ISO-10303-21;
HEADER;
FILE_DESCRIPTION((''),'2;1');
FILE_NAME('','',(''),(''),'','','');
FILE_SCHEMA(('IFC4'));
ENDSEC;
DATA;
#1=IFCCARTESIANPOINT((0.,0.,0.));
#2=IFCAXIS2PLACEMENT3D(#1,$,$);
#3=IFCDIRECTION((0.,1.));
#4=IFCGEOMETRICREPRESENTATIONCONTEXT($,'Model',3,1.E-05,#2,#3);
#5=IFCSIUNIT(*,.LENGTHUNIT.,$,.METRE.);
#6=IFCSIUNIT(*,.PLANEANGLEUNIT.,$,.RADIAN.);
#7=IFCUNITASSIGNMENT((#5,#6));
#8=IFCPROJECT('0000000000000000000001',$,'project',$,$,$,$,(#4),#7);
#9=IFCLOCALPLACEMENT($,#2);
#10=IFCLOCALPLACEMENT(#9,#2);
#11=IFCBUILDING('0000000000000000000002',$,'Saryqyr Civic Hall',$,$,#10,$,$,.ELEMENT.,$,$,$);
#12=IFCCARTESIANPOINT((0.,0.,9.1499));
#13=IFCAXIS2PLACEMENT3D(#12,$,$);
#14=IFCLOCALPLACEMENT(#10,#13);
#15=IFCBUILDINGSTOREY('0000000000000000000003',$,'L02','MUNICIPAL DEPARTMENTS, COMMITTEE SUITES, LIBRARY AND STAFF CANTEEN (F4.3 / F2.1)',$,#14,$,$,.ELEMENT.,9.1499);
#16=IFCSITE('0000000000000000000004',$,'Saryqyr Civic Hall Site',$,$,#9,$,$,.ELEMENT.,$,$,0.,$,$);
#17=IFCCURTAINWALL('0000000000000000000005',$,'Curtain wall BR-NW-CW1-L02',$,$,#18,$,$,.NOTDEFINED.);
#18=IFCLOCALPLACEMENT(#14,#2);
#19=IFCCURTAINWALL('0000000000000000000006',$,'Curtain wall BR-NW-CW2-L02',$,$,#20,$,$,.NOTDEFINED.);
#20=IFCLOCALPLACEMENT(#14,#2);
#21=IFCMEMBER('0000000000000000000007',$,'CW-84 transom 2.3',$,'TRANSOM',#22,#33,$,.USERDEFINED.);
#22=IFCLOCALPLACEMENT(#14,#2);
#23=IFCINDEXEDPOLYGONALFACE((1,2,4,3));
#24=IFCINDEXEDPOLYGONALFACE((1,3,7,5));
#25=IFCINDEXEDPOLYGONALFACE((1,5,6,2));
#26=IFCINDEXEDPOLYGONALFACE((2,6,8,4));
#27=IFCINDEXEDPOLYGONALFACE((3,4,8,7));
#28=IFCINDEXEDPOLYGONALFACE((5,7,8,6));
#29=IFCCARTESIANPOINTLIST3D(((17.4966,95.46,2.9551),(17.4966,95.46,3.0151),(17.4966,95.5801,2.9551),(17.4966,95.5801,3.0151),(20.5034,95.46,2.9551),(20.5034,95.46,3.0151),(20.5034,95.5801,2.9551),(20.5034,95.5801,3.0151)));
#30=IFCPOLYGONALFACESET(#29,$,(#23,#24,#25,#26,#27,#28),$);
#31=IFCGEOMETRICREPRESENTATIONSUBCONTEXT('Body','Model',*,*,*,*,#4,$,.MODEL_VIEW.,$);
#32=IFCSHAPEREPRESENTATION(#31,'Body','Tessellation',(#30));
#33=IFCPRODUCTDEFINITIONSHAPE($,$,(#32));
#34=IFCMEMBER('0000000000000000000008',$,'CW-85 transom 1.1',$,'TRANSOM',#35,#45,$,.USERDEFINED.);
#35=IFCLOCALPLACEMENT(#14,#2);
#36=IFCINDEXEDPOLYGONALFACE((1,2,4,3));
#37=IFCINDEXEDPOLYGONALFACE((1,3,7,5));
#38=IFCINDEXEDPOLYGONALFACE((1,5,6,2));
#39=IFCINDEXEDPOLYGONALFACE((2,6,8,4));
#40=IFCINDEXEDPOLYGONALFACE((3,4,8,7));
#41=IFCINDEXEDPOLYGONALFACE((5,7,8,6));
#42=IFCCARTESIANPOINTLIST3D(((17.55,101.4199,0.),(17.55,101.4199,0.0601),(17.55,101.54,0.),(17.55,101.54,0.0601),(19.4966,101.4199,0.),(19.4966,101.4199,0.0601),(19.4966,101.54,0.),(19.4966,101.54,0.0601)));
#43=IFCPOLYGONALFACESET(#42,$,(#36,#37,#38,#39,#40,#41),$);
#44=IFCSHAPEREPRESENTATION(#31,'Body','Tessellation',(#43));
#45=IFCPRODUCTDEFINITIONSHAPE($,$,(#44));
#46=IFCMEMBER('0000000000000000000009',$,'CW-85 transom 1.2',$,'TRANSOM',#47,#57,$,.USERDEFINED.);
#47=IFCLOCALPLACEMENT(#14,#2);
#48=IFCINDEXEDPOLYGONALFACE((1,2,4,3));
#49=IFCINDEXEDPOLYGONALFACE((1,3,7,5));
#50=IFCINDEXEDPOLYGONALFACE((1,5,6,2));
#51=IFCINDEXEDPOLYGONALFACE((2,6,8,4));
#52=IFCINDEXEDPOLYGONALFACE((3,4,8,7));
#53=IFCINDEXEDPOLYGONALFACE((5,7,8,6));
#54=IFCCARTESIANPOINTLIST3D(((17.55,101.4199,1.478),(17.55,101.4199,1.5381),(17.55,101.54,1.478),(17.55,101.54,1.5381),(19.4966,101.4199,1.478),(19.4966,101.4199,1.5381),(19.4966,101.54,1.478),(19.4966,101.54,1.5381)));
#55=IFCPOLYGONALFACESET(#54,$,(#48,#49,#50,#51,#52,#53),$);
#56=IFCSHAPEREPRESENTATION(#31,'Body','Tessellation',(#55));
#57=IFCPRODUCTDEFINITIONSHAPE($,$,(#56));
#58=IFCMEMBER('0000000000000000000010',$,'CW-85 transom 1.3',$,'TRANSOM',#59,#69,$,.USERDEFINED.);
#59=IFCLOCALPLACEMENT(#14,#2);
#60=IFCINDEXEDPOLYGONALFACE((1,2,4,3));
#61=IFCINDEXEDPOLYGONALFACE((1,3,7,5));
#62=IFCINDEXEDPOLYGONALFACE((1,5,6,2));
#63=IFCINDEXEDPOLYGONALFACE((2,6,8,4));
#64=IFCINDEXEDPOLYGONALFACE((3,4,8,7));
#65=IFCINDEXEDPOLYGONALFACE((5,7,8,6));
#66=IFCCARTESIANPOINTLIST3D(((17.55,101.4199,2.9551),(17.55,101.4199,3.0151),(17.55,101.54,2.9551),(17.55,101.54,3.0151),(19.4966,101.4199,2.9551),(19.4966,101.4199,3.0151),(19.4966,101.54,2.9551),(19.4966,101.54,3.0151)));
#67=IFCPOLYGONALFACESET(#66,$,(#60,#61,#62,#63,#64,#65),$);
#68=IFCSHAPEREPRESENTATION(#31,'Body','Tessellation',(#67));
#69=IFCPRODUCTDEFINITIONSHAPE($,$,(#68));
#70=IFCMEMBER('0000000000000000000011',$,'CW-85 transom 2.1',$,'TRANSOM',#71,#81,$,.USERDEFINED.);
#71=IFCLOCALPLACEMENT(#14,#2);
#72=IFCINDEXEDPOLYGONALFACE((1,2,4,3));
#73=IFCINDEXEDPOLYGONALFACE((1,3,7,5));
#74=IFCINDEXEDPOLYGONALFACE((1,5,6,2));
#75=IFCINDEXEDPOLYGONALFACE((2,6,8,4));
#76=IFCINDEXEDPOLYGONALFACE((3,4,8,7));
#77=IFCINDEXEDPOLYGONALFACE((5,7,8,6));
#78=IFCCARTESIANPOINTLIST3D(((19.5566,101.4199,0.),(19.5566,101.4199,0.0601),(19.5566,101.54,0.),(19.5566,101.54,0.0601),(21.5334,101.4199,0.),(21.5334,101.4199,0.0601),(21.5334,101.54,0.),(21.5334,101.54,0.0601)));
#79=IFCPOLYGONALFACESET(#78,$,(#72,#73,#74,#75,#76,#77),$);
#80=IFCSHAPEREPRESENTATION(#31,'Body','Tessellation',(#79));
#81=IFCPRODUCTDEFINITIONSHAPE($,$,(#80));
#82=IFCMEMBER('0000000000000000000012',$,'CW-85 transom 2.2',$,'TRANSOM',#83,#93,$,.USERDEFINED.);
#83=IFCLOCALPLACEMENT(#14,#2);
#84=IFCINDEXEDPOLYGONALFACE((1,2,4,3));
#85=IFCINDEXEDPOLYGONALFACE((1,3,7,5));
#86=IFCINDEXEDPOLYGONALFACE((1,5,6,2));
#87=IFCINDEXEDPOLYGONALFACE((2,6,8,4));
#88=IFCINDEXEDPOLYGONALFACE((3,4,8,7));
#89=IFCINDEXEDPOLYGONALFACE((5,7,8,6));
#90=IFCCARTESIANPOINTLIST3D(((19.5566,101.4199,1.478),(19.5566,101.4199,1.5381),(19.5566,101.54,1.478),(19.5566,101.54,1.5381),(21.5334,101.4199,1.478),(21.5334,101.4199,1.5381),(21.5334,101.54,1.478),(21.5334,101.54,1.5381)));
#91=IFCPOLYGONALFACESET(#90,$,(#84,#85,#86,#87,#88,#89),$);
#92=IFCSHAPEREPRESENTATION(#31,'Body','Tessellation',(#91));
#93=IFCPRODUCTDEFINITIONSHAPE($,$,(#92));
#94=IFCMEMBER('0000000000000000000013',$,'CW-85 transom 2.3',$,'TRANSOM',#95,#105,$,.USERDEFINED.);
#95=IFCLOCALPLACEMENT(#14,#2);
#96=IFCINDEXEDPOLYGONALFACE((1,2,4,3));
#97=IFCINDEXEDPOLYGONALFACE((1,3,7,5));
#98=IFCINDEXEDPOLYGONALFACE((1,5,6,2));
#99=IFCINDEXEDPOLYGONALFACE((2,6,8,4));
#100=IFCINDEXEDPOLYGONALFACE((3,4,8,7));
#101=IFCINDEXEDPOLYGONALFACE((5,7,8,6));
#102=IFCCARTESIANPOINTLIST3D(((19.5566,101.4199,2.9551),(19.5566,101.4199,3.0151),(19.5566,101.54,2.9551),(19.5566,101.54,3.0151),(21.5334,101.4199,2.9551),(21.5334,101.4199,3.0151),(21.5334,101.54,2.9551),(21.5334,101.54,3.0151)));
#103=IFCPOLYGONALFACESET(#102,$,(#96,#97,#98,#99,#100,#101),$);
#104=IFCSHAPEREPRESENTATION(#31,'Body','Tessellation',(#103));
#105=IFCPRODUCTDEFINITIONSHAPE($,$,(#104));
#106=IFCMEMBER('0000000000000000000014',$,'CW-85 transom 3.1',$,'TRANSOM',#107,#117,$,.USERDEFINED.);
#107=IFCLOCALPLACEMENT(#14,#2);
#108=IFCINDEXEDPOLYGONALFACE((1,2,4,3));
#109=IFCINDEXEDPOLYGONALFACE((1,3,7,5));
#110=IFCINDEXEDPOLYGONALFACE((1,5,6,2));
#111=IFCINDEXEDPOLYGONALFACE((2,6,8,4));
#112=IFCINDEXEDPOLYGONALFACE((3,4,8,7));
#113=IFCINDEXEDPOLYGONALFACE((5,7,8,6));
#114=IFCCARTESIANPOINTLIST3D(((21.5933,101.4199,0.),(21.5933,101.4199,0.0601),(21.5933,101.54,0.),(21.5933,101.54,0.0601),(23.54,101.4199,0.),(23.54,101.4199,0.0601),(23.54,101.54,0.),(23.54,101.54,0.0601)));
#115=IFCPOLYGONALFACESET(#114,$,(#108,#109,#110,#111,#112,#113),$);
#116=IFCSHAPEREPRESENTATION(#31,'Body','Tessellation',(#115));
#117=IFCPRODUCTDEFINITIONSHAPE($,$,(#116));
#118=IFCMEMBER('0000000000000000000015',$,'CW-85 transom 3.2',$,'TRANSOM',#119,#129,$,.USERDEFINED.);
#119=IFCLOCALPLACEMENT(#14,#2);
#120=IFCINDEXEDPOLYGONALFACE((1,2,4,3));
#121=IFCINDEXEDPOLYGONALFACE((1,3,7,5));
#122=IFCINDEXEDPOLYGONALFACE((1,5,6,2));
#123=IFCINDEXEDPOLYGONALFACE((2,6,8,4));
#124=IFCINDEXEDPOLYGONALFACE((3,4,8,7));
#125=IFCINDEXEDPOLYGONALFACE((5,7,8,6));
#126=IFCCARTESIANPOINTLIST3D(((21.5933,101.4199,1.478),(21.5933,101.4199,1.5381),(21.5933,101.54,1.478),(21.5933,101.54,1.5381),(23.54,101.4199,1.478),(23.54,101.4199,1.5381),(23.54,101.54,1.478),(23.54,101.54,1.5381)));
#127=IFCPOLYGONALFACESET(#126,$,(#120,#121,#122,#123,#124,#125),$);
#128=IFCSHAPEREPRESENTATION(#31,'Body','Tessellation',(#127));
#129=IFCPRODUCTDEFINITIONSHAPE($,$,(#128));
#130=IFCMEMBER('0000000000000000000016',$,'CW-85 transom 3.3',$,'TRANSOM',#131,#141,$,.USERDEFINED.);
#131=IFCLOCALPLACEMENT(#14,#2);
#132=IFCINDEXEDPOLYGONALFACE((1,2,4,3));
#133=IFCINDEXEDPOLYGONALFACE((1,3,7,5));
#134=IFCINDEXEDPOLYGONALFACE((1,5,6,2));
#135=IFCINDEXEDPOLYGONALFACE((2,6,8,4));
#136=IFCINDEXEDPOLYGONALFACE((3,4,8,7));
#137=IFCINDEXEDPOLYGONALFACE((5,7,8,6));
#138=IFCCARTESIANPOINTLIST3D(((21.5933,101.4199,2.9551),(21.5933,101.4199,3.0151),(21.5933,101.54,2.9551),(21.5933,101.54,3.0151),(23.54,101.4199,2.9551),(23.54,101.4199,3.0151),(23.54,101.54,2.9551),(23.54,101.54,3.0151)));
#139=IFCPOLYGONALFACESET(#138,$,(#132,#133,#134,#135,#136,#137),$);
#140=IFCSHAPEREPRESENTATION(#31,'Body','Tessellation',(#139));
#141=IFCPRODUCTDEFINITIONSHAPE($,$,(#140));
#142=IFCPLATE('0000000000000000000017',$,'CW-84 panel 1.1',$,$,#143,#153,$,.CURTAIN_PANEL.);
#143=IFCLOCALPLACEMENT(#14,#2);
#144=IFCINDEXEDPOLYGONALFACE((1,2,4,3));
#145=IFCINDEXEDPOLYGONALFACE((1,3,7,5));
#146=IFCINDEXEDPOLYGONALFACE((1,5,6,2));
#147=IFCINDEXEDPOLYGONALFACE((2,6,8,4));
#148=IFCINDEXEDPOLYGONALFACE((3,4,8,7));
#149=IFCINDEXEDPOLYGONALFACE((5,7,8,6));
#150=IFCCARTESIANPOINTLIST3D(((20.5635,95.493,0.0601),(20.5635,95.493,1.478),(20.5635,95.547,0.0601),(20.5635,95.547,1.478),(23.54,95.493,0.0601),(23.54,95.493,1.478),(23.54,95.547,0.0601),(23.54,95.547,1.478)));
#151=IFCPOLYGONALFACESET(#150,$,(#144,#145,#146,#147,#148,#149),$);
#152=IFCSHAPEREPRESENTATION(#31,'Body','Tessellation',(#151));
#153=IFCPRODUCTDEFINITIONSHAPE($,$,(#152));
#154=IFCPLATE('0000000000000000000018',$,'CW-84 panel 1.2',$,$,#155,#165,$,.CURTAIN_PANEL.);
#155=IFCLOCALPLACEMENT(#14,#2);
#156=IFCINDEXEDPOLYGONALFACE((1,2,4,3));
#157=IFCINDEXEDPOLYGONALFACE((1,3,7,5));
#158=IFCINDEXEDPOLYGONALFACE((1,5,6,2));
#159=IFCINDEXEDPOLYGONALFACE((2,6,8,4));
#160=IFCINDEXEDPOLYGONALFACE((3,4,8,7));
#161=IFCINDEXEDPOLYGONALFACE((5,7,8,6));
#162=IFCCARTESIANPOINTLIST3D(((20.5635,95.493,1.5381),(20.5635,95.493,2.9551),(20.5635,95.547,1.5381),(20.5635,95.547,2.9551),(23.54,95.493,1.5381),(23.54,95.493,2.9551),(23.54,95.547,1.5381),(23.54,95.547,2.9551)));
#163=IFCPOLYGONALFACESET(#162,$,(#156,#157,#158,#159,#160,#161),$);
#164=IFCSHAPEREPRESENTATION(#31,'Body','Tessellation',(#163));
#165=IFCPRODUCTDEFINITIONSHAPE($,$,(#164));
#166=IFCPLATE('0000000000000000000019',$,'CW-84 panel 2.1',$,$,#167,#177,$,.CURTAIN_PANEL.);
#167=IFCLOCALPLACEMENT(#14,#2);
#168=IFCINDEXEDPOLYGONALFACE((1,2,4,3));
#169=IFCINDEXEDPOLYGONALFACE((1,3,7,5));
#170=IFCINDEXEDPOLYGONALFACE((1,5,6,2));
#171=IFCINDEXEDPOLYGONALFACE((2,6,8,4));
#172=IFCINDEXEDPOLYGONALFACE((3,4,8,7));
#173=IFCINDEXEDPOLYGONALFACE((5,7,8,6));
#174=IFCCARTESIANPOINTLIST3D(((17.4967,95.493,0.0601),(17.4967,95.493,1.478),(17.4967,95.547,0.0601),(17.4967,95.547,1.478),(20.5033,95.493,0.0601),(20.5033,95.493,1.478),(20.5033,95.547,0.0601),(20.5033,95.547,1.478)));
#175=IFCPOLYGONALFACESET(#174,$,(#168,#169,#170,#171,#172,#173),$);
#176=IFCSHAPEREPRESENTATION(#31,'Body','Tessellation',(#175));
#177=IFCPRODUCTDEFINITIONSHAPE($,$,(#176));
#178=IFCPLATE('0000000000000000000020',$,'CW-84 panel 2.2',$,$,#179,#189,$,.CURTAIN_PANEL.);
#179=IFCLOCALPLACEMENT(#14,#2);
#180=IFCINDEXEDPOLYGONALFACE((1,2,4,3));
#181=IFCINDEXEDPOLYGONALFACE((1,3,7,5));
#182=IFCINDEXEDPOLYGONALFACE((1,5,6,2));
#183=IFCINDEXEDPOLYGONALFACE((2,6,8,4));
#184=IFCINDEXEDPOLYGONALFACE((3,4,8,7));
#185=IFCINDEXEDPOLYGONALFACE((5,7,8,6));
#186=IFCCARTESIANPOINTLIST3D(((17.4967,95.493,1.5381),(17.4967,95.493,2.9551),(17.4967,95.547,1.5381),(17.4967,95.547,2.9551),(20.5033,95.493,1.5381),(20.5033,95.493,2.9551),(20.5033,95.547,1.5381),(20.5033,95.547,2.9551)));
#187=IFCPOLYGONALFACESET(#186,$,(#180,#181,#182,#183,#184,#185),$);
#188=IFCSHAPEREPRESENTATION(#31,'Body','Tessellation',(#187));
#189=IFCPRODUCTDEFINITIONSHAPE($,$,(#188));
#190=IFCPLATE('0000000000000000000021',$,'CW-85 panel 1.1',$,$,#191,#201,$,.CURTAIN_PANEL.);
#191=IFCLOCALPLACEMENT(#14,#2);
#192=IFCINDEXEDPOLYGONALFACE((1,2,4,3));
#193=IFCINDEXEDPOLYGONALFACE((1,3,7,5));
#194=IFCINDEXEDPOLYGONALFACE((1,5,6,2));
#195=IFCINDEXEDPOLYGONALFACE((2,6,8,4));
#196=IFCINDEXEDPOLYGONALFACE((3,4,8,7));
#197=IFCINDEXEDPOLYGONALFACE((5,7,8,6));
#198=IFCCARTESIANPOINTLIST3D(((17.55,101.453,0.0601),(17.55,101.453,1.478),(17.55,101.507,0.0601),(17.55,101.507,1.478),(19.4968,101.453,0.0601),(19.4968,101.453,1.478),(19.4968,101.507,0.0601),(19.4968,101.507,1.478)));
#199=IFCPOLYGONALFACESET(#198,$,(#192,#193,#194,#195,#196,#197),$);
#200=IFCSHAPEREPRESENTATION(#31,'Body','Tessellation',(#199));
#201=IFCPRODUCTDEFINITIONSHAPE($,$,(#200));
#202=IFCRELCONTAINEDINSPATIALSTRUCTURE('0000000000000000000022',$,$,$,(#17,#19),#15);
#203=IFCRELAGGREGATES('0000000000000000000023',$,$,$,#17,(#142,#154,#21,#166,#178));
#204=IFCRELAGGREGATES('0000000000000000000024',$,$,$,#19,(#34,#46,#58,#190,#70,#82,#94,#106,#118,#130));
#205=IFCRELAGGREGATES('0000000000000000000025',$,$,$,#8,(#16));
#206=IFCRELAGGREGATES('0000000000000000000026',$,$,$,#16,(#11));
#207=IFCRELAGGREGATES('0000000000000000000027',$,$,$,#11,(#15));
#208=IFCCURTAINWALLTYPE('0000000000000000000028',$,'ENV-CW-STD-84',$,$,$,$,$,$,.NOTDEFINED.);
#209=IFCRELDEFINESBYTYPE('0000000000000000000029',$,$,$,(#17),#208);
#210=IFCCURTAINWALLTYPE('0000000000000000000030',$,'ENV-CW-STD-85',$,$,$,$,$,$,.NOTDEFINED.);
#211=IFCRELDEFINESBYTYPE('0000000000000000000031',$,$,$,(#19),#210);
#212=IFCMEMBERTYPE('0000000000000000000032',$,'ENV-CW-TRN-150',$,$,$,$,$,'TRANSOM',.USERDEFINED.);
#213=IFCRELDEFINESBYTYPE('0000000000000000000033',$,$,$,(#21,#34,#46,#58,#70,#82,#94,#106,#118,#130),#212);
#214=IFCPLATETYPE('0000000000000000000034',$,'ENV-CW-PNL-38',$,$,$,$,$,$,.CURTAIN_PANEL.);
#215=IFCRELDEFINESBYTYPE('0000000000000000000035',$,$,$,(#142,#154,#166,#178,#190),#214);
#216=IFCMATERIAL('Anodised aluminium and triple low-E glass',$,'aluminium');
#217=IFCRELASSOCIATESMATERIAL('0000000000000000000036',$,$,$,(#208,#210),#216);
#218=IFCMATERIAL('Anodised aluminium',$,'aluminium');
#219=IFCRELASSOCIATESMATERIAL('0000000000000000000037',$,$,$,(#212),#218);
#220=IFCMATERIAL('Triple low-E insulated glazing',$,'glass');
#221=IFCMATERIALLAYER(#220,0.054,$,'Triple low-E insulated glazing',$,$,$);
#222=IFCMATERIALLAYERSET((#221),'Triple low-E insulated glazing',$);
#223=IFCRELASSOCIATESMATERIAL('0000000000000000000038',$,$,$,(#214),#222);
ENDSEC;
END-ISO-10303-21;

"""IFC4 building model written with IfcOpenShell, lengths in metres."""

from ifc_helpers import new_model, si_unit, direction, frame, origin, origin_2d, place, context, subcontext, project, spatial, rectangle, extrude, material, layer, layer_set, material_profile, profile_set, type_object, element, aggregate, save


model = new_model("IFC4")

# Units and contexts
model_context = context("Model", 3, precision=1e-05, world=origin(), true_north=direction((0.0, 1.0)))
body_context = subcontext(model_context, "Body", "Model", "MODEL_VIEW")
ifc_project = project(units=[si_unit("LENGTHUNIT", "METRE"), si_unit("PLANEANGLEUNIT", "RADIAN")], contexts=[model_context])

# Site, building, storey
site_placement = place(None, origin())
site = spatial("IfcSite", under=ifc_project, at=site_placement, Name="Saryqyr Civic Hall Site", CompositionType="ELEMENT", RefElevation=0.0)
building_placement = place(site_placement, origin())
building = spatial("IfcBuilding", under=site, at=building_placement, Name="Saryqyr Civic Hall", CompositionType="ELEMENT")
storey_placement = place(building_placement, frame((0.0, 0.0, 9.1499)))
storey = spatial("IfcBuildingStorey", under=building, at=storey_placement, Name="L02", Description="MUNICIPAL DEPARTMENTS, COMMITTEE SUITES, LIBRARY AND STAFF CANTEEN (F4.3 / F2.1)", CompositionType="ELEMENT", Elevation=9.1499)

# Curtain walls
ifc_material_1 = material(Name="Anodised aluminium and triple low-E glass", Category="aluminium")
curtain_wall_type_1 = type_object("IfcCurtainWallType", Name="ENV-CW-STD-84", PredefinedType="NOTDEFINED", material=ifc_material_1)
curtain_wall_1_placement = place(storey_placement, origin())
curtain_wall_1 = element("IfcCurtainWall", 1, at=curtain_wall_1_placement, inside=storey, type_object=curtain_wall_type_1, Name="Curtain wall BR-NW-CW1-L02", PredefinedType="NOTDEFINED")
ifc_material_2 = material(Name="Anodised aluminium", Category="aluminium")
curtain_wall_type_2 = type_object("IfcCurtainWallType", Name="ENV-CW-STD-85", PredefinedType="NOTDEFINED", material=ifc_material_1)
curtain_wall_2_placement = place(storey_placement, origin())
curtain_wall_2 = element("IfcCurtainWall", 2, at=curtain_wall_2_placement, inside=storey, type_object=curtain_wall_type_2, Name="Curtain wall BR-NW-CW2-L02", PredefinedType="NOTDEFINED")

# Members
ifc_material_profile_1 = material_profile(ifc_material_2, rectangle(XDim=0.1201, YDim=0.0601, at=origin_2d()), Name="ALU TRANSOM 120x60")
ifc_profile_set_1 = profile_set([ifc_material_profile_1], Name="Anodised aluminium")
member_type_1 = type_object("IfcMemberType", Name="ENV-CW-TRN-150", ElementType="TRANSOM", PredefinedType="USERDEFINED", material=ifc_profile_set_1)
member_1_placement = place(storey_placement, frame((20.5034, 95.52, 2.9851), z_axis=(-1.0, 0.0, 0.0), x_axis=(0.0, -1.0, 0.0)))
member_1 = element("IfcMember", 3, at=member_1_placement, type_object=member_type_1, Name="CW-84 transom 2.3", ObjectType="TRANSOM", PredefinedType="USERDEFINED", context=body_context, shape_type="SweptSolid", body=[
    extrude(rectangle(XDim=0.1201, YDim=0.0601, at=origin_2d()), origin(), (0.0, 0.0, 1.0), 3.0068),
])
member_2_placement = place(storey_placement, frame((17.55, 101.48, 0.03), z_axis=(1.0, 0.0, 0.0), x_axis=(0.0, 1.0, 0.0)))
member_2 = element("IfcMember", 4, at=member_2_placement, type_object=member_type_1, Name="CW-85 transom 1.1", ObjectType="TRANSOM", PredefinedType="USERDEFINED", context=body_context, shape_type="SweptSolid", body=[
    extrude(rectangle(XDim=0.1201, YDim=0.0601, at=origin_2d()), origin(), (0.0, 0.0, 1.0), 1.9465),
])
member_3_placement = place(storey_placement, frame((17.55, 101.48, 1.5081), z_axis=(1.0, 0.0, 0.0), x_axis=(0.0, 1.0, 0.0)))
member_3 = element("IfcMember", 5, at=member_3_placement, type_object=member_type_1, Name="CW-85 transom 1.2", ObjectType="TRANSOM", PredefinedType="USERDEFINED", context=body_context, shape_type="SweptSolid", body=[
    extrude(rectangle(XDim=0.1201, YDim=0.0601, at=origin_2d()), origin(), (0.0, 0.0, 1.0), 1.9465),
])
member_4_placement = place(storey_placement, frame((17.55, 101.48, 2.9851), z_axis=(1.0, 0.0, 0.0), x_axis=(0.0, 1.0, 0.0)))
member_4 = element("IfcMember", 6, at=member_4_placement, type_object=member_type_1, Name="CW-85 transom 1.3", ObjectType="TRANSOM", PredefinedType="USERDEFINED", context=body_context, shape_type="SweptSolid", body=[
    extrude(rectangle(XDim=0.1201, YDim=0.0601, at=origin_2d()), origin(), (0.0, 0.0, 1.0), 1.9465),
])
member_5_placement = place(storey_placement, frame((19.5566, 101.48, 0.03), z_axis=(1.0, 0.0, 0.0), x_axis=(0.0, 1.0, 0.0)))
member_5 = element("IfcMember", 7, at=member_5_placement, type_object=member_type_1, Name="CW-85 transom 2.1", ObjectType="TRANSOM", PredefinedType="USERDEFINED", context=body_context, shape_type="SweptSolid", body=[
    extrude(rectangle(XDim=0.1201, YDim=0.0601, at=origin_2d()), origin(), (0.0, 0.0, 1.0), 1.9768),
])
member_6_placement = place(storey_placement, frame((19.5566, 101.48, 1.5081), z_axis=(1.0, 0.0, 0.0), x_axis=(0.0, 1.0, 0.0)))
member_6 = element("IfcMember", 8, at=member_6_placement, type_object=member_type_1, Name="CW-85 transom 2.2", ObjectType="TRANSOM", PredefinedType="USERDEFINED", context=body_context, shape_type="SweptSolid", body=[
    extrude(rectangle(XDim=0.1201, YDim=0.0601, at=origin_2d()), origin(), (0.0, 0.0, 1.0), 1.9768),
])
member_7_placement = place(storey_placement, frame((19.5566, 101.48, 2.9851), z_axis=(1.0, 0.0, 0.0), x_axis=(0.0, 1.0, 0.0)))
member_7 = element("IfcMember", 9, at=member_7_placement, type_object=member_type_1, Name="CW-85 transom 2.3", ObjectType="TRANSOM", PredefinedType="USERDEFINED", context=body_context, shape_type="SweptSolid", body=[
    extrude(rectangle(XDim=0.1201, YDim=0.0601, at=origin_2d()), origin(), (0.0, 0.0, 1.0), 1.9768),
])
member_8_placement = place(storey_placement, frame((21.5933, 101.48, 0.03), z_axis=(1.0, 0.0, 0.0), x_axis=(0.0, 1.0, 0.0)))
member_8 = element("IfcMember", 10, at=member_8_placement, type_object=member_type_1, Name="CW-85 transom 3.1", ObjectType="TRANSOM", PredefinedType="USERDEFINED", context=body_context, shape_type="SweptSolid", body=[
    extrude(rectangle(XDim=0.1201, YDim=0.0601, at=origin_2d()), origin(), (0.0, 0.0, 1.0), 1.9468),
])
member_9_placement = place(storey_placement, frame((21.5933, 101.48, 1.5081), z_axis=(1.0, 0.0, 0.0), x_axis=(0.0, 1.0, 0.0)))
member_9 = element("IfcMember", 11, at=member_9_placement, type_object=member_type_1, Name="CW-85 transom 3.2", ObjectType="TRANSOM", PredefinedType="USERDEFINED", context=body_context, shape_type="SweptSolid", body=[
    extrude(rectangle(XDim=0.1201, YDim=0.0601, at=origin_2d()), origin(), (0.0, 0.0, 1.0), 1.9468),
])
member_10_placement = place(storey_placement, frame((21.5933, 101.48, 2.9851), z_axis=(1.0, 0.0, 0.0), x_axis=(0.0, 1.0, 0.0)))
member_10 = element("IfcMember", 12, at=member_10_placement, type_object=member_type_1, Name="CW-85 transom 3.3", ObjectType="TRANSOM", PredefinedType="USERDEFINED", context=body_context, shape_type="SweptSolid", body=[
    extrude(rectangle(XDim=0.1201, YDim=0.0601, at=origin_2d()), origin(), (0.0, 0.0, 1.0), 1.9468),
])

# Plates
ifc_material_3 = material(Name="Triple low-E insulated glazing", Category="glass")
ifc_layer_1 = layer(ifc_material_3, 0.054, Name="Triple low-E insulated glazing")
ifc_layer_set_1 = layer_set([ifc_layer_1], Name="Triple low-E insulated glazing")
plate_type = type_object("IfcPlateType", Name="ENV-CW-PNL-38", PredefinedType="CURTAIN_PANEL", material=ifc_layer_set_1)
plate_1_placement = place(storey_placement, frame((22.0518, 95.52, 0.0601), z_axis=(0.0, 0.0, 1.0), x_axis=(-1.0, 0.0, 0.0)))
plate_1 = element("IfcPlate", 13, at=plate_1_placement, type_object=plate_type, Name="CW-84 panel 1.1", PredefinedType="CURTAIN_PANEL", context=body_context, shape_type="SweptSolid", body=[
    extrude(rectangle(XDim=2.9766, YDim=0.054, at=origin_2d()), origin(), (0.0, 0.0, 1.0), 1.418),
])
plate_2_placement = place(storey_placement, frame((22.0518, 95.52, 1.5381), z_axis=(0.0, 0.0, 1.0), x_axis=(-1.0, 0.0, 0.0)))
plate_2 = element("IfcPlate", 14, at=plate_2_placement, type_object=plate_type, Name="CW-84 panel 1.2", PredefinedType="CURTAIN_PANEL", context=body_context, shape_type="SweptSolid", body=[
    extrude(rectangle(XDim=2.9766, YDim=0.054, at=origin_2d()), origin(), (0.0, 0.0, 1.0), 1.417),
])
plate_3_placement = place(storey_placement, frame((19.0, 95.52, 0.0601), z_axis=(0.0, 0.0, 1.0), x_axis=(-1.0, 0.0, 0.0)))
plate_3 = element("IfcPlate", 15, at=plate_3_placement, type_object=plate_type, Name="CW-84 panel 2.1", PredefinedType="CURTAIN_PANEL", context=body_context, shape_type="SweptSolid", body=[
    extrude(rectangle(XDim=3.0066, YDim=0.054, at=origin_2d()), origin(), (0.0, 0.0, 1.0), 1.418),
])
plate_4_placement = place(storey_placement, frame((19.0, 95.52, 1.5381), z_axis=(0.0, 0.0, 1.0), x_axis=(-1.0, 0.0, 0.0)))
plate_4 = element("IfcPlate", 16, at=plate_4_placement, type_object=plate_type, Name="CW-84 panel 2.2", PredefinedType="CURTAIN_PANEL", context=body_context, shape_type="SweptSolid", body=[
    extrude(rectangle(XDim=3.0066, YDim=0.054, at=origin_2d()), origin(), (0.0, 0.0, 1.0), 1.417),
])
aggregate(curtain_wall_1, [plate_1, plate_2, member_1, plate_3, plate_4])
plate_5_placement = place(storey_placement, frame((18.5234, 101.48, 0.0601), z_axis=(0.0, 0.0, 1.0), x_axis=(1.0, 0.0, 0.0)))
plate_5 = element("IfcPlate", 17, at=plate_5_placement, type_object=plate_type, Name="CW-85 panel 1.1", PredefinedType="CURTAIN_PANEL", context=body_context, shape_type="SweptSolid", body=[
    extrude(rectangle(XDim=1.9468, YDim=0.054, at=origin_2d()), origin(), (0.0, 0.0, 1.0), 1.418),
])
aggregate(curtain_wall_2, [member_2, member_3, member_4, plate_5, member_5, member_6, member_7, member_8, member_9, member_10])

save(model, "model.ifc")
